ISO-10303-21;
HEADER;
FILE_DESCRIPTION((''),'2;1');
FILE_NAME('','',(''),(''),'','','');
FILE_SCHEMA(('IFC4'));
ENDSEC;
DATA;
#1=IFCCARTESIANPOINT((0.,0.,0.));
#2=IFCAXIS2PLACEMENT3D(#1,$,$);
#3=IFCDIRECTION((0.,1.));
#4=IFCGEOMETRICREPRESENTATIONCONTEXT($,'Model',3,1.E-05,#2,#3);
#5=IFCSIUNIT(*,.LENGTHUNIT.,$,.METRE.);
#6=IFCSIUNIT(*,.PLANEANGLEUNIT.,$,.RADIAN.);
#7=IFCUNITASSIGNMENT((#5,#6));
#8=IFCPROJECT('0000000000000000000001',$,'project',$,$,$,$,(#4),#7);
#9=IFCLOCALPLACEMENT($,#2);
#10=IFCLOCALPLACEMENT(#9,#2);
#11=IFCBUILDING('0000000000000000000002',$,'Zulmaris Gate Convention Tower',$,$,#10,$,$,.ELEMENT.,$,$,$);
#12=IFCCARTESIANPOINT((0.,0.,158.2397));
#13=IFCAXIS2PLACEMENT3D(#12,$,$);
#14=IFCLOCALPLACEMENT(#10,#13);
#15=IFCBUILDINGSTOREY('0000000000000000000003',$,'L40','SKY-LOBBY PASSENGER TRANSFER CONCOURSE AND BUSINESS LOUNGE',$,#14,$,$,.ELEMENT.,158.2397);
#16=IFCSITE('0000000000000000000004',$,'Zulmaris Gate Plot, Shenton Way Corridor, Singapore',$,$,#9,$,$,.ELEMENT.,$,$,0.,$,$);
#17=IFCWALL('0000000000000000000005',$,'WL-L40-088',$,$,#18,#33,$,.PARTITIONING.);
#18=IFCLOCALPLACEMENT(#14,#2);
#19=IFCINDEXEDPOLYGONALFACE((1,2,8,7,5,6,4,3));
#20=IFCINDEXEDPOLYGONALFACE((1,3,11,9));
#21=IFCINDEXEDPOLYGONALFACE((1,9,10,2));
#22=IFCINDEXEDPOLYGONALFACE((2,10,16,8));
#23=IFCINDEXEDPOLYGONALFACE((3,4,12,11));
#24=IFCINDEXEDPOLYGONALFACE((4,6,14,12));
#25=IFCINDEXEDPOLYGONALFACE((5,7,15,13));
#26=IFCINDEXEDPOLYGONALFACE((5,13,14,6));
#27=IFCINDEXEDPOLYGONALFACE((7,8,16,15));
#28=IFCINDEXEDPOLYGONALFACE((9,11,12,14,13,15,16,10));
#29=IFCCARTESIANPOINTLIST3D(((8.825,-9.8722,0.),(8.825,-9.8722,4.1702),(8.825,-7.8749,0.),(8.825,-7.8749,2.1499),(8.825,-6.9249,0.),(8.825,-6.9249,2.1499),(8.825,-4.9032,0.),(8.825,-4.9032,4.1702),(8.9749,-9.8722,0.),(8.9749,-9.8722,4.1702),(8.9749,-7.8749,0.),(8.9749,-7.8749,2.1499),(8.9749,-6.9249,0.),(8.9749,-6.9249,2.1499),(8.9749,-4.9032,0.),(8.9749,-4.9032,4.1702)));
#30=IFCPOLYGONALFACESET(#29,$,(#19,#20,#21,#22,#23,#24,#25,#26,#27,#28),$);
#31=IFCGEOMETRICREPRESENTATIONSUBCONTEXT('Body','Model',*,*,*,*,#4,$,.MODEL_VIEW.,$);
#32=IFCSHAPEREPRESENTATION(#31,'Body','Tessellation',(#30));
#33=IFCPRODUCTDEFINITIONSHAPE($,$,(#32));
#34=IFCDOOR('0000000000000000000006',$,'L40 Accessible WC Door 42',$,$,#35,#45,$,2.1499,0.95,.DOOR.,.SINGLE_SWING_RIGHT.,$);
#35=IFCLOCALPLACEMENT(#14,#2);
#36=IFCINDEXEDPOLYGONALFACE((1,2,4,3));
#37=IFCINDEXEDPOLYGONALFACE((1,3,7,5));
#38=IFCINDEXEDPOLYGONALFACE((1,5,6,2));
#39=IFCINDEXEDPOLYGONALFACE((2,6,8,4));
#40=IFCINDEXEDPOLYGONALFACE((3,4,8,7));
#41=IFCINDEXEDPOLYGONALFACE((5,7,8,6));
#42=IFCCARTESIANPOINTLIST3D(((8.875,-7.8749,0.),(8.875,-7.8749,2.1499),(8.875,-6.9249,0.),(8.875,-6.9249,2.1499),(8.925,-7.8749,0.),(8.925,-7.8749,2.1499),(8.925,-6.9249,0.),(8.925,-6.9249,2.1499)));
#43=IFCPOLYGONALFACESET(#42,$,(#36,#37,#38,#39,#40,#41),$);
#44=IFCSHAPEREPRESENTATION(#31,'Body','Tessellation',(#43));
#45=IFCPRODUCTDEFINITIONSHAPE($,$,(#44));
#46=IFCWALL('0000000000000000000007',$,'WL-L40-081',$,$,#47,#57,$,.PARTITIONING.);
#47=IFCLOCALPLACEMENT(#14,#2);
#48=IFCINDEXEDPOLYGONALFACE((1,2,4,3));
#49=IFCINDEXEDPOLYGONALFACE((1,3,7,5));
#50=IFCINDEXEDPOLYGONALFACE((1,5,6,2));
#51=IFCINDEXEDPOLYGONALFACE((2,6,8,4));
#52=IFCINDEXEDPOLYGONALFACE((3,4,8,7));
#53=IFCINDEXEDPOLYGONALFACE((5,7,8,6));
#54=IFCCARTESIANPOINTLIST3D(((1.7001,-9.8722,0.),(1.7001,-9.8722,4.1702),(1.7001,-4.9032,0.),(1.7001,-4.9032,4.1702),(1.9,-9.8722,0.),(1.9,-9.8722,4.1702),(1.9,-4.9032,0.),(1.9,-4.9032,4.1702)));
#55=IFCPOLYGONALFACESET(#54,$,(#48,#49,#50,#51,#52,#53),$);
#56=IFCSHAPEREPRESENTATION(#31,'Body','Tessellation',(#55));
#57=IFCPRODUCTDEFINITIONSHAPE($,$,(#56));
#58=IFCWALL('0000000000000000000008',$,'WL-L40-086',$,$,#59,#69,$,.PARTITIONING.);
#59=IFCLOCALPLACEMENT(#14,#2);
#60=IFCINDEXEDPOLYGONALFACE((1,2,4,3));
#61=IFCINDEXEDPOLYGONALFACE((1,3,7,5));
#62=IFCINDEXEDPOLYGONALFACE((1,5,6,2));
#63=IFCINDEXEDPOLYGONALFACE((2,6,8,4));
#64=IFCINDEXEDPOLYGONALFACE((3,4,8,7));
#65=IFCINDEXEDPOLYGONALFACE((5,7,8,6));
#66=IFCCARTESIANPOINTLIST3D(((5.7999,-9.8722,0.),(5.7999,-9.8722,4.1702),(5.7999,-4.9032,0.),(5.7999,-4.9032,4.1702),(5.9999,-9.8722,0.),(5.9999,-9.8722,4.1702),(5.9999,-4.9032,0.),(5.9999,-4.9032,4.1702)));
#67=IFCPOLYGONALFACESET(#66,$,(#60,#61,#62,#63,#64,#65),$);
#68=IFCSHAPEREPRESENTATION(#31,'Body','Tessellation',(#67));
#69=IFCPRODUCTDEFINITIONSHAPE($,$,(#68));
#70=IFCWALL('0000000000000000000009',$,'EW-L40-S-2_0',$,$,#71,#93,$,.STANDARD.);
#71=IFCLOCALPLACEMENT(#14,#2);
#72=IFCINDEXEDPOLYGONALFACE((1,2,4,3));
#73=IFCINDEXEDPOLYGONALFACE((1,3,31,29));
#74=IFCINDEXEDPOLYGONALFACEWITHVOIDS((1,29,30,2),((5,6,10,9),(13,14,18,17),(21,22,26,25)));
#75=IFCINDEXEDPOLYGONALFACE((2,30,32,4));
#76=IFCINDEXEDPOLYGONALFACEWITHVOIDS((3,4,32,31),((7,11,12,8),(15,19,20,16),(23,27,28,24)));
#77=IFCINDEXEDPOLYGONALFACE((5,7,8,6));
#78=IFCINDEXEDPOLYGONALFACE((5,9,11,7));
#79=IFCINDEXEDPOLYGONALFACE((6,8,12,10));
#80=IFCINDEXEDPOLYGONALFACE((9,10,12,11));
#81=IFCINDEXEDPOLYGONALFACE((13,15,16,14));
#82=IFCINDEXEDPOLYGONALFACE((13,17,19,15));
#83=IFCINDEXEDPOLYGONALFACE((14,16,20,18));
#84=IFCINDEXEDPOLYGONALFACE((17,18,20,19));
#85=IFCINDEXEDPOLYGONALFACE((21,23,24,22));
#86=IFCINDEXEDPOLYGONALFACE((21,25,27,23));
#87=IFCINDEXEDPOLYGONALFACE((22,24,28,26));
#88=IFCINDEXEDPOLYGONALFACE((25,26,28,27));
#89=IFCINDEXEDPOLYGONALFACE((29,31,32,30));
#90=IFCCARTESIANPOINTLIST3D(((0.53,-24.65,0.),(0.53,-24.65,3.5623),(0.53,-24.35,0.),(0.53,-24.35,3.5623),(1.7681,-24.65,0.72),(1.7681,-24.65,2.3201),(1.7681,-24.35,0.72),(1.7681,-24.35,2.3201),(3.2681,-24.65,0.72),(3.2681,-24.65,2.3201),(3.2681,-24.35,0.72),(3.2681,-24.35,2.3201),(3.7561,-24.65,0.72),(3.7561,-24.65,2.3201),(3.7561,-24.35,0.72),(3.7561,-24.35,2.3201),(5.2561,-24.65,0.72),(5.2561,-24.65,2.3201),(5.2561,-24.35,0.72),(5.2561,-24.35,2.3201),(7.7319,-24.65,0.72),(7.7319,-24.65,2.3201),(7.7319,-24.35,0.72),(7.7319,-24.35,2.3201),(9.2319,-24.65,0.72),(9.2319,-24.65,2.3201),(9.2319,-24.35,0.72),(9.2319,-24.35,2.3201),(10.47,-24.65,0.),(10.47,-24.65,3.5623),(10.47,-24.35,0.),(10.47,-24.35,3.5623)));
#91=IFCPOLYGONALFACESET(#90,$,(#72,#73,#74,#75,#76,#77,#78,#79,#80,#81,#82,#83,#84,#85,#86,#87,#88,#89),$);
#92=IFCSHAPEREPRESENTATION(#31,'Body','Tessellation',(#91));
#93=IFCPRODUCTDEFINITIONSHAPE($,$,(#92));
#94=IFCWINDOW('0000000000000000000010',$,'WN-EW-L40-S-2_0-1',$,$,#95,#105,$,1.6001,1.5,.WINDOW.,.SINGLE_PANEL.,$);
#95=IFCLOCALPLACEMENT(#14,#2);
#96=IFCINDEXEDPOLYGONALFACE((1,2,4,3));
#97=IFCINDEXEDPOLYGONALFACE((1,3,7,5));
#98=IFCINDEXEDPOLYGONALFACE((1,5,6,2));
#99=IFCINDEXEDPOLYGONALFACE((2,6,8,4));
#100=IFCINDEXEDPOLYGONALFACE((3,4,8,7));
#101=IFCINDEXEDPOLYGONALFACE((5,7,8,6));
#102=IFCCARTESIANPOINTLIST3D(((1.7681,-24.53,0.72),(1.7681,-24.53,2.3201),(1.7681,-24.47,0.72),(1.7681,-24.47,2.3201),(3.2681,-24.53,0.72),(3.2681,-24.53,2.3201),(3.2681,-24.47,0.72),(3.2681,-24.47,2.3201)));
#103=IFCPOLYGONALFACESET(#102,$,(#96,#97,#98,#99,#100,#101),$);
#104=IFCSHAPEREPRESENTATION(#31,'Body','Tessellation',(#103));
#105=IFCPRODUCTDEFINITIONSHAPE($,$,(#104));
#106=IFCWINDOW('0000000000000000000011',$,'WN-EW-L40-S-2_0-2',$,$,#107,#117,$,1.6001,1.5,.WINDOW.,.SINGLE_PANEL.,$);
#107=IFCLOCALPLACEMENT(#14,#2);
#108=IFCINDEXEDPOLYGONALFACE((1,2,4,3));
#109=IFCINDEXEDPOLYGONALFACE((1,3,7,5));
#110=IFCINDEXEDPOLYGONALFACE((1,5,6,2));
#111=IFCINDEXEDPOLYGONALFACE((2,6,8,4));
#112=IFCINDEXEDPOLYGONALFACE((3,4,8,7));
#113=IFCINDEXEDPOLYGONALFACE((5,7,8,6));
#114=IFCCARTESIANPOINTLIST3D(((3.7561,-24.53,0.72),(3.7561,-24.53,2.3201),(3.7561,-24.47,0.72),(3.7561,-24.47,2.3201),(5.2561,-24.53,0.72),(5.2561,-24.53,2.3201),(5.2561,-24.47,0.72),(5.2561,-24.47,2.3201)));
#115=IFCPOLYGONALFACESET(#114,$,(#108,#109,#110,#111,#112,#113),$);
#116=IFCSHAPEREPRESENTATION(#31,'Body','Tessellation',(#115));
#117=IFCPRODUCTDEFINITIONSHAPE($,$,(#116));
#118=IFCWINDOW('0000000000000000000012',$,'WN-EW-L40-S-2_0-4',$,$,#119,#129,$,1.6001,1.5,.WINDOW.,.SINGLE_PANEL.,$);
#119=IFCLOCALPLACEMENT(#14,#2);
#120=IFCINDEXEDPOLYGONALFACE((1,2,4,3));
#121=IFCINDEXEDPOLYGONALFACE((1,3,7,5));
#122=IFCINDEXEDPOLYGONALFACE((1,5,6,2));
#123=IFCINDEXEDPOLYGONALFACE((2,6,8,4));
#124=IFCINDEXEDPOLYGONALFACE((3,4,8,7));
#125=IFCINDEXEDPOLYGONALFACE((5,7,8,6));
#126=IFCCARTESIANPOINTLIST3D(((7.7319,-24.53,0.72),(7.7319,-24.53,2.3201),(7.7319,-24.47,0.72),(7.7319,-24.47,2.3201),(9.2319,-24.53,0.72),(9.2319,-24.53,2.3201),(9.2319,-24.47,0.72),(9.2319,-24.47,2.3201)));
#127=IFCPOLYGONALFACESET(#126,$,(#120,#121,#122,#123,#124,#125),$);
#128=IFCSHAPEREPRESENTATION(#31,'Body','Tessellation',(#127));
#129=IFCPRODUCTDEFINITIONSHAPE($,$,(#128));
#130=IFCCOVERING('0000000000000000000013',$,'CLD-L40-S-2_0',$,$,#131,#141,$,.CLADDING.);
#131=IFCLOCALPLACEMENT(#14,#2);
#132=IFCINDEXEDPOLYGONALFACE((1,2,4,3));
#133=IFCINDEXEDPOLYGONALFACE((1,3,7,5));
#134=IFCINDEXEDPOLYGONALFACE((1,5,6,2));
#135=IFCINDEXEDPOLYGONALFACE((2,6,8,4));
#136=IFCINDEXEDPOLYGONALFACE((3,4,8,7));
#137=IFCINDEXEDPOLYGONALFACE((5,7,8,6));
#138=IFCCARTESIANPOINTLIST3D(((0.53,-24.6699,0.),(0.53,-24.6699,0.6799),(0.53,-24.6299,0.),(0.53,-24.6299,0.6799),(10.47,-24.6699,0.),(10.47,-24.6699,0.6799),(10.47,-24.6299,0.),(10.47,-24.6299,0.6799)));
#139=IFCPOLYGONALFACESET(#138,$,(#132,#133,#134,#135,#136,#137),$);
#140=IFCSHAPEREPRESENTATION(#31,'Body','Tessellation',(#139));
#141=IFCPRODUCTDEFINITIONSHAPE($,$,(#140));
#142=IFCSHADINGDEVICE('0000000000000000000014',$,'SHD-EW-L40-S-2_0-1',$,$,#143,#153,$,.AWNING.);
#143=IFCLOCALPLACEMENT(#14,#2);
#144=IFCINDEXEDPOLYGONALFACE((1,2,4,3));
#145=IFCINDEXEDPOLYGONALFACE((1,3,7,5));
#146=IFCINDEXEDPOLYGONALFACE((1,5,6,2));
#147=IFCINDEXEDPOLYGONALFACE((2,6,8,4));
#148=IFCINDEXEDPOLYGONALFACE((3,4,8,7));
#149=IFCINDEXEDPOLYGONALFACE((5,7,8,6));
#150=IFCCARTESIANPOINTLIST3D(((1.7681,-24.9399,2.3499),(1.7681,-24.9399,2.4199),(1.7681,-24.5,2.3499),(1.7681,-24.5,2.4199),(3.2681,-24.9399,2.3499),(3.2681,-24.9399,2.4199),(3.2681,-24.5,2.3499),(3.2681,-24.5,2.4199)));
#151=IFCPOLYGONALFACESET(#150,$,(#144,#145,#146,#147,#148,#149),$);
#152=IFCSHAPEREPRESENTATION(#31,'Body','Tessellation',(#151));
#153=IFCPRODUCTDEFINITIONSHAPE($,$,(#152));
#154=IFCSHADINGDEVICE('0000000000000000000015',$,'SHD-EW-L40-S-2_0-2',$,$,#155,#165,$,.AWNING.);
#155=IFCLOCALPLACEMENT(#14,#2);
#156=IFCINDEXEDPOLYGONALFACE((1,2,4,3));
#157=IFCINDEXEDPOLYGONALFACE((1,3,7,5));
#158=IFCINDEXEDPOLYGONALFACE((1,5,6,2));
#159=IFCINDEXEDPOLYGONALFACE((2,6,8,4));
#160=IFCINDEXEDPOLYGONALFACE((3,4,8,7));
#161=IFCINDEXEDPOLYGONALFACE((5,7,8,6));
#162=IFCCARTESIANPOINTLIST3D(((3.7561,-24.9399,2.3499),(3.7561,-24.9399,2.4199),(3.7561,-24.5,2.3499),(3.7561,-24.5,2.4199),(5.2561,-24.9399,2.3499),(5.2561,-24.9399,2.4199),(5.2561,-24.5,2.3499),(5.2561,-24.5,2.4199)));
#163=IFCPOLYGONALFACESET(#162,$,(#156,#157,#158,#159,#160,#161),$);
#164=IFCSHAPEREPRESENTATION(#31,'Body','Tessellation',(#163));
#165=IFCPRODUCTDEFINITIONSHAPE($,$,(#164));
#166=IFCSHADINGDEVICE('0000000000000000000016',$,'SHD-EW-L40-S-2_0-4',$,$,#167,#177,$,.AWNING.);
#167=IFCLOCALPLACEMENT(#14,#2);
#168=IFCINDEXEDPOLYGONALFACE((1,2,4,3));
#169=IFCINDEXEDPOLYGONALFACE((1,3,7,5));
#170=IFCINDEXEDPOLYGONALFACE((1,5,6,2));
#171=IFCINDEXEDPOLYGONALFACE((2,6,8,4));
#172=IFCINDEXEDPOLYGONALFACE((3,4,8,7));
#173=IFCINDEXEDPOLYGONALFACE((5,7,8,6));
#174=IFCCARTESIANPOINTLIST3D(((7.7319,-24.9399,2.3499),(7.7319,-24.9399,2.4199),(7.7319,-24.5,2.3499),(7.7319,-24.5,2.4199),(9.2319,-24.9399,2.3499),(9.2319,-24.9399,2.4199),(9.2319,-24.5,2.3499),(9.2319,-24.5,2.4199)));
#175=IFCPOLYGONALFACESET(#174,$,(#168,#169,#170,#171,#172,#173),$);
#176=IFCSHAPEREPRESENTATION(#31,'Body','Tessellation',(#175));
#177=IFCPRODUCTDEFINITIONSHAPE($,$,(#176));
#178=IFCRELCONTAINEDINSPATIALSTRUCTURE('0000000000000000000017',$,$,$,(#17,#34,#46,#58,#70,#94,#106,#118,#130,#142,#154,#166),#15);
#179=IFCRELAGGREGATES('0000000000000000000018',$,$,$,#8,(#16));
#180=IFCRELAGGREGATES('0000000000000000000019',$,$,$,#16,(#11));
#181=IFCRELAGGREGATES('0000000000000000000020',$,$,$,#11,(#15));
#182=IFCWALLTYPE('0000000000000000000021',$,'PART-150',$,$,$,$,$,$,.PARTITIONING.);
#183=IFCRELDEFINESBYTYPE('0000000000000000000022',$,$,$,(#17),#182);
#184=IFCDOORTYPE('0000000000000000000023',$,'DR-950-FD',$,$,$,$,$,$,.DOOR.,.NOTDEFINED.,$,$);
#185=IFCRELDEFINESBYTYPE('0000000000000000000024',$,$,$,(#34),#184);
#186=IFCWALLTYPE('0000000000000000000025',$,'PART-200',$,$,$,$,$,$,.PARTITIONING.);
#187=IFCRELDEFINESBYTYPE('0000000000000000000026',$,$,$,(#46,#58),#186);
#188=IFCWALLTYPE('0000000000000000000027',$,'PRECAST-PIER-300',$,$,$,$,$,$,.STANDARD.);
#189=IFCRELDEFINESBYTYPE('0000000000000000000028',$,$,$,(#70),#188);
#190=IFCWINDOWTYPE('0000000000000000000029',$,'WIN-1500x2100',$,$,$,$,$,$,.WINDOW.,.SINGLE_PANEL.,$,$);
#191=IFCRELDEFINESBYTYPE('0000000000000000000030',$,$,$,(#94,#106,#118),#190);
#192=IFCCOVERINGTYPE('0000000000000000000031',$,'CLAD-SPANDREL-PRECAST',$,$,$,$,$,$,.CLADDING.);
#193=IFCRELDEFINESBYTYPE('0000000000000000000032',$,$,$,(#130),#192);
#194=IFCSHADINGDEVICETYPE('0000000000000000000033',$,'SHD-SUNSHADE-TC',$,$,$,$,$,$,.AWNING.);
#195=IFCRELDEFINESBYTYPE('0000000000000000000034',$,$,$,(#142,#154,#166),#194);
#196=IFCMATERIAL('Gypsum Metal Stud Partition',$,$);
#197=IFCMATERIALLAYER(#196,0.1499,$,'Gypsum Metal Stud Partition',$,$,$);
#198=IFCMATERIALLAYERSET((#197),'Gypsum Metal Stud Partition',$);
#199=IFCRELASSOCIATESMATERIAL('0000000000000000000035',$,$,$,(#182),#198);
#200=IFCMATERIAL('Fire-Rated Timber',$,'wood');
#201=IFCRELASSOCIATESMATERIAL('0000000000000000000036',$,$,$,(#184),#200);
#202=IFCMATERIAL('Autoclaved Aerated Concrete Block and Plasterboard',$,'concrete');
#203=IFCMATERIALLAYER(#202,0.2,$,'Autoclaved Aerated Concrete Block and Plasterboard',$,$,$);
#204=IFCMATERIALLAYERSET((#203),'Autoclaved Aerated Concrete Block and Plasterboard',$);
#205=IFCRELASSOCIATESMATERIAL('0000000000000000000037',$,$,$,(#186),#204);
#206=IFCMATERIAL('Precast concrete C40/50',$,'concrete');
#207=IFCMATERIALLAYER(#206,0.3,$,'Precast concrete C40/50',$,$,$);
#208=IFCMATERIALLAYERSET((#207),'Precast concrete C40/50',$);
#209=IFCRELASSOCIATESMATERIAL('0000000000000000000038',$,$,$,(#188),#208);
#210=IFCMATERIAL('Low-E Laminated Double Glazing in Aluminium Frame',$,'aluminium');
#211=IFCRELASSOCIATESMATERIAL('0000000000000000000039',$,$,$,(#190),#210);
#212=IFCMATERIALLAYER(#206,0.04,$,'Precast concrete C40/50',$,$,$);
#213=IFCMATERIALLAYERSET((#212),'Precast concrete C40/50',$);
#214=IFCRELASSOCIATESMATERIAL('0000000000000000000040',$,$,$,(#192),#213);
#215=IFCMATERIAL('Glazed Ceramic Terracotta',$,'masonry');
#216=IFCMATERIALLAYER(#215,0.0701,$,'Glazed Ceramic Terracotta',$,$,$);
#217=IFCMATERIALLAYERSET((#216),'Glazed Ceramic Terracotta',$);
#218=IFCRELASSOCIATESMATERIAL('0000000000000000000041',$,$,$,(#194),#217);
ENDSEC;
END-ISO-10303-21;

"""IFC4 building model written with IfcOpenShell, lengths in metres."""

from ifc_helpers import new_model, si_unit, direction, frame, frame_2d, origin, place, context, subcontext, project, spatial, rectangle, extrude, material, layer, layer_set, type_object, element, fill, save


model = new_model("IFC4")

# Units and contexts
model_context = context("Model", 3, precision=1e-05, world=origin(), true_north=direction((0.0, 1.0)))
body_context = subcontext(model_context, "Body", "Model", "MODEL_VIEW")
ifc_project = project(units=[si_unit("LENGTHUNIT", "METRE"), si_unit("PLANEANGLEUNIT", "RADIAN")], contexts=[model_context])

# Site, building, storey
site_placement = place(None, origin())
site = spatial("IfcSite", under=ifc_project, at=site_placement, Name="Zulmaris Gate Plot, Shenton Way Corridor, Singapore", CompositionType="ELEMENT", RefElevation=0.0)
building_placement = place(site_placement, origin())
building = spatial("IfcBuilding", under=site, at=building_placement, Name="Zulmaris Gate Convention Tower", CompositionType="ELEMENT")
storey_placement = place(building_placement, frame((0.0, 0.0, 158.2397)))
storey = spatial("IfcBuildingStorey", under=building, at=storey_placement, Name="L40", Description="SKY-LOBBY PASSENGER TRANSFER CONCOURSE AND BUSINESS LOUNGE", CompositionType="ELEMENT", Elevation=158.2397)

# Shared definitions
ifc_material_1 = material(Name="Gypsum Metal Stud Partition")
ifc_layer_1 = layer(ifc_material_1, 0.1499, Name="Gypsum Metal Stud Partition")
ifc_layer_set_1 = layer_set([ifc_layer_1], Name="Gypsum Metal Stud Partition")
wall_type_1 = type_object("IfcWallType", Name="PART-150", PredefinedType="PARTITIONING", material=ifc_layer_set_1)

# Wall, opening, door
wall_1_placement = place(storey_placement, frame((8.8999, -9.8721, 0.0), z_axis=(0.0, 0.0, 1.0), x_axis=(0.0, 1.0, 0.0)))
wall_1 = element("IfcWall", 1, at=wall_1_placement, inside=storey, type_object=wall_type_1, Name="WL-L40-088", PredefinedType="PARTITIONING", context=body_context, shape_type="SweptSolid", body=[
    extrude(rectangle(XDim=4.969, YDim=0.1499, at=frame_2d((2.4844, 0.0))), origin(), (0.0, 0.0, 1.0), 4.1702),
])
opening_1_placement = place(wall_1_placement, frame((1.9971, 0.0, 0.0)))
opening_1 = element("IfcOpeningElement", 2, at=opening_1_placement, cuts=wall_1, PredefinedType="OPENING", context=body_context, shape_type="SweptSolid", body=[
    extrude(rectangle(XDim=0.95, YDim=2.1499, at=frame_2d((0.4751, 1.075))), frame((0.0, 0.085, 0.0), z_axis=(0.0, -1.0, 0.0), x_axis=(1.0, 0.0, 0.0)), (0.0, 0.0, 1.0), 0.1699),
])
ifc_material_2 = material(Name="Fire-Rated Timber", Category="wood")
door_type = type_object("IfcDoorType", Name="DR-950-FD", OperationType="NOTDEFINED", PredefinedType="DOOR", material=ifc_material_2)
door_placement = place(opening_1_placement, origin())
door = element("IfcDoor", 3, at=door_placement, inside=storey, type_object=door_type, Name="L40 Accessible WC Door 42", OperationType="SINGLE_SWING_RIGHT", OverallHeight=2.1499, OverallWidth=0.95, PredefinedType="DOOR", context=body_context, shape_type="SweptSolid", body=[
    extrude(rectangle(XDim=0.95, YDim=2.1499, at=frame_2d((0.4751, 1.075))), frame((0.0, 0.0249, 0.0), z_axis=(0.0, -1.0, 0.0), x_axis=(1.0, 0.0, 0.0)), (0.0, 0.0, 1.0), 0.05),
])
fill(opening_1, door)

# Walls
ifc_material_3 = material(Name="Autoclaved Aerated Concrete Block and Plasterboard", Category="concrete")
ifc_layer_2 = layer(ifc_material_3, 0.2, Name="Autoclaved Aerated Concrete Block and Plasterboard")
ifc_layer_set_2 = layer_set([ifc_layer_2], Name="Autoclaved Aerated Concrete Block and Plasterboard")
wall_type_2 = type_object("IfcWallType", Name="PART-200", PredefinedType="PARTITIONING", material=ifc_layer_set_2)
for number, where, z_axis, x_axis, name in (
    (4, (1.8, -9.8721, 0.0), (0.0, 0.0, 1.0), (0.0, 1.0, 0.0), "WL-L40-081"),
    (5, (5.8999, -9.8721, 0.0), (0.0, 0.0, 1.0), (0.0, 1.0, 0.0), "WL-L40-086"),
):
    element("IfcWall", number, at=place(storey_placement, frame(where, z_axis=z_axis, x_axis=x_axis)), inside=storey, type_object=wall_type_2, Name=name, PredefinedType="PARTITIONING", context=body_context, shape_type="SweptSolid", body=[
        extrude(rectangle(XDim=4.969, YDim=0.2, at=frame_2d((2.4844, 0.0))), origin(), (0.0, 0.0, 1.0), 4.1702),
    ])

# Wall, openings, windows
ifc_material_4 = material(Name="Precast concrete C40/50", Category="concrete")
ifc_layer_3 = layer(ifc_material_4, 0.3, Name="Precast concrete C40/50")
ifc_layer_set_3 = layer_set([ifc_layer_3], Name="Precast concrete C40/50")
wall_type_3 = type_object("IfcWallType", Name="PRECAST-PIER-300", PredefinedType="STANDARD", material=ifc_layer_set_3)
wall_2_placement = place(storey_placement, frame((0.53, -24.5, 0.0), z_axis=(0.0, 0.0, 1.0), x_axis=(1.0, 0.0, 0.0)))
wall_2 = element("IfcWall", 6, at=wall_2_placement, inside=storey, type_object=wall_type_3, Name="EW-L40-S-2_0", PredefinedType="STANDARD", context=body_context, shape_type="SweptSolid", body=[
    extrude(rectangle(XDim=9.9399, YDim=0.3, at=frame_2d((4.97, 0.0))), origin(), (0.0, 0.0, 1.0), 3.5623),
])
opening_2_placement = place(wall_2_placement, frame((1.238, 0.0, 0.72)))
opening_2 = element("IfcOpeningElement", 7, at=opening_2_placement, cuts=wall_2, PredefinedType="OPENING", context=body_context, shape_type="SweptSolid", body=[
    extrude(rectangle(XDim=1.5, YDim=1.6001, at=frame_2d((0.75, 0.8))), frame((0.0, 0.1602, 0.0), z_axis=(0.0, -1.0, 0.0), x_axis=(1.0, 0.0, 0.0)), (0.0, 0.0, 1.0), 0.3201),
])
opening_3_placement = place(wall_2_placement, frame((3.2261, 0.0, 0.72)))
opening_3 = element("IfcOpeningElement", 8, at=opening_3_placement, cuts=wall_2, PredefinedType="OPENING", context=body_context, shape_type="SweptSolid", body=[
    extrude(rectangle(XDim=1.5, YDim=1.6001, at=frame_2d((0.75, 0.8))), frame((0.0, 0.1602, 0.0), z_axis=(0.0, -1.0, 0.0), x_axis=(1.0, 0.0, 0.0)), (0.0, 0.0, 1.0), 0.3201),
])
opening_4_placement = place(wall_2_placement, frame((7.2019, 0.0, 0.72)))
opening_4 = element("IfcOpeningElement", 9, at=opening_4_placement, cuts=wall_2, PredefinedType="OPENING", context=body_context, shape_type="SweptSolid", body=[
    extrude(rectangle(XDim=1.5, YDim=1.6001, at=frame_2d((0.75, 0.8))), frame((0.0, 0.1602, 0.0), z_axis=(0.0, -1.0, 0.0), x_axis=(1.0, 0.0, 0.0)), (0.0, 0.0, 1.0), 0.3201),
])
ifc_material_5 = material(Name="Low-E Laminated Double Glazing in Aluminium Frame", Category="aluminium")
window_type = type_object("IfcWindowType", Name="WIN-1500x2100", PartitioningType="SINGLE_PANEL", PredefinedType="WINDOW", material=ifc_material_5)
window_1_placement = place(opening_2_placement, origin())
window_1 = element("IfcWindow", 10, at=window_1_placement, inside=storey, type_object=window_type, Name="WN-EW-L40-S-2_0-1", OverallHeight=1.6001, OverallWidth=1.5, PartitioningType="SINGLE_PANEL", PredefinedType="WINDOW", context=body_context, shape_type="SweptSolid", body=[
    extrude(rectangle(XDim=1.5, YDim=1.6001, at=frame_2d((0.75, 0.8))), frame((0.0, 0.03, 0.0), z_axis=(0.0, -1.0, 0.0), x_axis=(1.0, 0.0, 0.0)), (0.0, 0.0, 1.0), 0.0601),
])
fill(opening_2, window_1)
window_2_placement = place(opening_3_placement, origin())
window_2 = element("IfcWindow", 11, at=window_2_placement, inside=storey, type_object=window_type, Name="WN-EW-L40-S-2_0-2", OverallHeight=1.6001, OverallWidth=1.5, PartitioningType="SINGLE_PANEL", PredefinedType="WINDOW", context=body_context, shape_type="SweptSolid", body=[
    extrude(rectangle(XDim=1.5, YDim=1.6001, at=frame_2d((0.75, 0.8))), frame((0.0, 0.03, 0.0), z_axis=(0.0, -1.0, 0.0), x_axis=(1.0, 0.0, 0.0)), (0.0, 0.0, 1.0), 0.0601),
])
fill(opening_3, window_2)
window_3_placement = place(opening_4_placement, origin())
window_3 = element("IfcWindow", 12, at=window_3_placement, inside=storey, type_object=window_type, Name="WN-EW-L40-S-2_0-4", OverallHeight=1.6001, OverallWidth=1.5, PartitioningType="SINGLE_PANEL", PredefinedType="WINDOW", context=body_context, shape_type="SweptSolid", body=[
    extrude(rectangle(XDim=1.5, YDim=1.6001, at=frame_2d((0.75, 0.8))), frame((0.0, 0.03, 0.0), z_axis=(0.0, -1.0, 0.0), x_axis=(1.0, 0.0, 0.0)), (0.0, 0.0, 1.0), 0.0601),
])
fill(opening_4, window_3)

# Covering
ifc_layer_4 = layer(ifc_material_4, 0.04, Name="Precast concrete C40/50")
ifc_layer_set_4 = layer_set([ifc_layer_4], Name="Precast concrete C40/50")
covering_type = type_object("IfcCoveringType", Name="CLAD-SPANDREL-PRECAST", PredefinedType="CLADDING", material=ifc_layer_set_4)
covering_placement = place(storey_placement, frame((0.53, -24.6499, 0.0), z_axis=(0.0, 0.0, 1.0), x_axis=(1.0, 0.0, 0.0)))
element("IfcCovering", 13, at=covering_placement, inside=storey, type_object=covering_type, Name="CLD-L40-S-2_0", PredefinedType="CLADDING", context=body_context, shape_type="SweptSolid", body=[
    extrude(rectangle(XDim=9.9399, YDim=0.04, at=frame_2d((4.97, 0.0))), origin(), (0.0, 0.0, 1.0), 0.6799),
])

# Shading devices
ifc_material_6 = material(Name="Glazed Ceramic Terracotta", Category="masonry")
ifc_layer_5 = layer(ifc_material_6, 0.0701, Name="Glazed Ceramic Terracotta")
ifc_layer_set_5 = layer_set([ifc_layer_5], Name="Glazed Ceramic Terracotta")
shading_device_type = type_object("IfcShadingDeviceType", Name="SHD-SUNSHADE-TC", PredefinedType="AWNING", material=ifc_layer_set_5)
for number, where, z_axis, x_axis, name in (
    (14, (1.7681, -24.72, 2.3499), (0.0, 0.0, 1.0), (1.0, 0.0, 0.0), "SHD-EW-L40-S-2_0-1"),
    (15, (3.7561, -24.72, 2.3499), (0.0, 0.0, 1.0), (1.0, 0.0, 0.0), "SHD-EW-L40-S-2_0-2"),
    (16, (7.7319, -24.72, 2.3499), (0.0, 0.0, 1.0), (1.0, 0.0, 0.0), "SHD-EW-L40-S-2_0-4"),
):
    element("IfcShadingDevice", number, at=place(storey_placement, frame(where, z_axis=z_axis, x_axis=x_axis)), inside=storey, type_object=shading_device_type, Name=name, PredefinedType="AWNING", context=body_context, shape_type="SweptSolid", body=[
        extrude(rectangle(XDim=1.5, YDim=0.4399, at=frame_2d((0.75, 0.0))), origin(), (0.0, 0.0, 1.0), 0.0701),
    ])

save(model, "model.ifc")
